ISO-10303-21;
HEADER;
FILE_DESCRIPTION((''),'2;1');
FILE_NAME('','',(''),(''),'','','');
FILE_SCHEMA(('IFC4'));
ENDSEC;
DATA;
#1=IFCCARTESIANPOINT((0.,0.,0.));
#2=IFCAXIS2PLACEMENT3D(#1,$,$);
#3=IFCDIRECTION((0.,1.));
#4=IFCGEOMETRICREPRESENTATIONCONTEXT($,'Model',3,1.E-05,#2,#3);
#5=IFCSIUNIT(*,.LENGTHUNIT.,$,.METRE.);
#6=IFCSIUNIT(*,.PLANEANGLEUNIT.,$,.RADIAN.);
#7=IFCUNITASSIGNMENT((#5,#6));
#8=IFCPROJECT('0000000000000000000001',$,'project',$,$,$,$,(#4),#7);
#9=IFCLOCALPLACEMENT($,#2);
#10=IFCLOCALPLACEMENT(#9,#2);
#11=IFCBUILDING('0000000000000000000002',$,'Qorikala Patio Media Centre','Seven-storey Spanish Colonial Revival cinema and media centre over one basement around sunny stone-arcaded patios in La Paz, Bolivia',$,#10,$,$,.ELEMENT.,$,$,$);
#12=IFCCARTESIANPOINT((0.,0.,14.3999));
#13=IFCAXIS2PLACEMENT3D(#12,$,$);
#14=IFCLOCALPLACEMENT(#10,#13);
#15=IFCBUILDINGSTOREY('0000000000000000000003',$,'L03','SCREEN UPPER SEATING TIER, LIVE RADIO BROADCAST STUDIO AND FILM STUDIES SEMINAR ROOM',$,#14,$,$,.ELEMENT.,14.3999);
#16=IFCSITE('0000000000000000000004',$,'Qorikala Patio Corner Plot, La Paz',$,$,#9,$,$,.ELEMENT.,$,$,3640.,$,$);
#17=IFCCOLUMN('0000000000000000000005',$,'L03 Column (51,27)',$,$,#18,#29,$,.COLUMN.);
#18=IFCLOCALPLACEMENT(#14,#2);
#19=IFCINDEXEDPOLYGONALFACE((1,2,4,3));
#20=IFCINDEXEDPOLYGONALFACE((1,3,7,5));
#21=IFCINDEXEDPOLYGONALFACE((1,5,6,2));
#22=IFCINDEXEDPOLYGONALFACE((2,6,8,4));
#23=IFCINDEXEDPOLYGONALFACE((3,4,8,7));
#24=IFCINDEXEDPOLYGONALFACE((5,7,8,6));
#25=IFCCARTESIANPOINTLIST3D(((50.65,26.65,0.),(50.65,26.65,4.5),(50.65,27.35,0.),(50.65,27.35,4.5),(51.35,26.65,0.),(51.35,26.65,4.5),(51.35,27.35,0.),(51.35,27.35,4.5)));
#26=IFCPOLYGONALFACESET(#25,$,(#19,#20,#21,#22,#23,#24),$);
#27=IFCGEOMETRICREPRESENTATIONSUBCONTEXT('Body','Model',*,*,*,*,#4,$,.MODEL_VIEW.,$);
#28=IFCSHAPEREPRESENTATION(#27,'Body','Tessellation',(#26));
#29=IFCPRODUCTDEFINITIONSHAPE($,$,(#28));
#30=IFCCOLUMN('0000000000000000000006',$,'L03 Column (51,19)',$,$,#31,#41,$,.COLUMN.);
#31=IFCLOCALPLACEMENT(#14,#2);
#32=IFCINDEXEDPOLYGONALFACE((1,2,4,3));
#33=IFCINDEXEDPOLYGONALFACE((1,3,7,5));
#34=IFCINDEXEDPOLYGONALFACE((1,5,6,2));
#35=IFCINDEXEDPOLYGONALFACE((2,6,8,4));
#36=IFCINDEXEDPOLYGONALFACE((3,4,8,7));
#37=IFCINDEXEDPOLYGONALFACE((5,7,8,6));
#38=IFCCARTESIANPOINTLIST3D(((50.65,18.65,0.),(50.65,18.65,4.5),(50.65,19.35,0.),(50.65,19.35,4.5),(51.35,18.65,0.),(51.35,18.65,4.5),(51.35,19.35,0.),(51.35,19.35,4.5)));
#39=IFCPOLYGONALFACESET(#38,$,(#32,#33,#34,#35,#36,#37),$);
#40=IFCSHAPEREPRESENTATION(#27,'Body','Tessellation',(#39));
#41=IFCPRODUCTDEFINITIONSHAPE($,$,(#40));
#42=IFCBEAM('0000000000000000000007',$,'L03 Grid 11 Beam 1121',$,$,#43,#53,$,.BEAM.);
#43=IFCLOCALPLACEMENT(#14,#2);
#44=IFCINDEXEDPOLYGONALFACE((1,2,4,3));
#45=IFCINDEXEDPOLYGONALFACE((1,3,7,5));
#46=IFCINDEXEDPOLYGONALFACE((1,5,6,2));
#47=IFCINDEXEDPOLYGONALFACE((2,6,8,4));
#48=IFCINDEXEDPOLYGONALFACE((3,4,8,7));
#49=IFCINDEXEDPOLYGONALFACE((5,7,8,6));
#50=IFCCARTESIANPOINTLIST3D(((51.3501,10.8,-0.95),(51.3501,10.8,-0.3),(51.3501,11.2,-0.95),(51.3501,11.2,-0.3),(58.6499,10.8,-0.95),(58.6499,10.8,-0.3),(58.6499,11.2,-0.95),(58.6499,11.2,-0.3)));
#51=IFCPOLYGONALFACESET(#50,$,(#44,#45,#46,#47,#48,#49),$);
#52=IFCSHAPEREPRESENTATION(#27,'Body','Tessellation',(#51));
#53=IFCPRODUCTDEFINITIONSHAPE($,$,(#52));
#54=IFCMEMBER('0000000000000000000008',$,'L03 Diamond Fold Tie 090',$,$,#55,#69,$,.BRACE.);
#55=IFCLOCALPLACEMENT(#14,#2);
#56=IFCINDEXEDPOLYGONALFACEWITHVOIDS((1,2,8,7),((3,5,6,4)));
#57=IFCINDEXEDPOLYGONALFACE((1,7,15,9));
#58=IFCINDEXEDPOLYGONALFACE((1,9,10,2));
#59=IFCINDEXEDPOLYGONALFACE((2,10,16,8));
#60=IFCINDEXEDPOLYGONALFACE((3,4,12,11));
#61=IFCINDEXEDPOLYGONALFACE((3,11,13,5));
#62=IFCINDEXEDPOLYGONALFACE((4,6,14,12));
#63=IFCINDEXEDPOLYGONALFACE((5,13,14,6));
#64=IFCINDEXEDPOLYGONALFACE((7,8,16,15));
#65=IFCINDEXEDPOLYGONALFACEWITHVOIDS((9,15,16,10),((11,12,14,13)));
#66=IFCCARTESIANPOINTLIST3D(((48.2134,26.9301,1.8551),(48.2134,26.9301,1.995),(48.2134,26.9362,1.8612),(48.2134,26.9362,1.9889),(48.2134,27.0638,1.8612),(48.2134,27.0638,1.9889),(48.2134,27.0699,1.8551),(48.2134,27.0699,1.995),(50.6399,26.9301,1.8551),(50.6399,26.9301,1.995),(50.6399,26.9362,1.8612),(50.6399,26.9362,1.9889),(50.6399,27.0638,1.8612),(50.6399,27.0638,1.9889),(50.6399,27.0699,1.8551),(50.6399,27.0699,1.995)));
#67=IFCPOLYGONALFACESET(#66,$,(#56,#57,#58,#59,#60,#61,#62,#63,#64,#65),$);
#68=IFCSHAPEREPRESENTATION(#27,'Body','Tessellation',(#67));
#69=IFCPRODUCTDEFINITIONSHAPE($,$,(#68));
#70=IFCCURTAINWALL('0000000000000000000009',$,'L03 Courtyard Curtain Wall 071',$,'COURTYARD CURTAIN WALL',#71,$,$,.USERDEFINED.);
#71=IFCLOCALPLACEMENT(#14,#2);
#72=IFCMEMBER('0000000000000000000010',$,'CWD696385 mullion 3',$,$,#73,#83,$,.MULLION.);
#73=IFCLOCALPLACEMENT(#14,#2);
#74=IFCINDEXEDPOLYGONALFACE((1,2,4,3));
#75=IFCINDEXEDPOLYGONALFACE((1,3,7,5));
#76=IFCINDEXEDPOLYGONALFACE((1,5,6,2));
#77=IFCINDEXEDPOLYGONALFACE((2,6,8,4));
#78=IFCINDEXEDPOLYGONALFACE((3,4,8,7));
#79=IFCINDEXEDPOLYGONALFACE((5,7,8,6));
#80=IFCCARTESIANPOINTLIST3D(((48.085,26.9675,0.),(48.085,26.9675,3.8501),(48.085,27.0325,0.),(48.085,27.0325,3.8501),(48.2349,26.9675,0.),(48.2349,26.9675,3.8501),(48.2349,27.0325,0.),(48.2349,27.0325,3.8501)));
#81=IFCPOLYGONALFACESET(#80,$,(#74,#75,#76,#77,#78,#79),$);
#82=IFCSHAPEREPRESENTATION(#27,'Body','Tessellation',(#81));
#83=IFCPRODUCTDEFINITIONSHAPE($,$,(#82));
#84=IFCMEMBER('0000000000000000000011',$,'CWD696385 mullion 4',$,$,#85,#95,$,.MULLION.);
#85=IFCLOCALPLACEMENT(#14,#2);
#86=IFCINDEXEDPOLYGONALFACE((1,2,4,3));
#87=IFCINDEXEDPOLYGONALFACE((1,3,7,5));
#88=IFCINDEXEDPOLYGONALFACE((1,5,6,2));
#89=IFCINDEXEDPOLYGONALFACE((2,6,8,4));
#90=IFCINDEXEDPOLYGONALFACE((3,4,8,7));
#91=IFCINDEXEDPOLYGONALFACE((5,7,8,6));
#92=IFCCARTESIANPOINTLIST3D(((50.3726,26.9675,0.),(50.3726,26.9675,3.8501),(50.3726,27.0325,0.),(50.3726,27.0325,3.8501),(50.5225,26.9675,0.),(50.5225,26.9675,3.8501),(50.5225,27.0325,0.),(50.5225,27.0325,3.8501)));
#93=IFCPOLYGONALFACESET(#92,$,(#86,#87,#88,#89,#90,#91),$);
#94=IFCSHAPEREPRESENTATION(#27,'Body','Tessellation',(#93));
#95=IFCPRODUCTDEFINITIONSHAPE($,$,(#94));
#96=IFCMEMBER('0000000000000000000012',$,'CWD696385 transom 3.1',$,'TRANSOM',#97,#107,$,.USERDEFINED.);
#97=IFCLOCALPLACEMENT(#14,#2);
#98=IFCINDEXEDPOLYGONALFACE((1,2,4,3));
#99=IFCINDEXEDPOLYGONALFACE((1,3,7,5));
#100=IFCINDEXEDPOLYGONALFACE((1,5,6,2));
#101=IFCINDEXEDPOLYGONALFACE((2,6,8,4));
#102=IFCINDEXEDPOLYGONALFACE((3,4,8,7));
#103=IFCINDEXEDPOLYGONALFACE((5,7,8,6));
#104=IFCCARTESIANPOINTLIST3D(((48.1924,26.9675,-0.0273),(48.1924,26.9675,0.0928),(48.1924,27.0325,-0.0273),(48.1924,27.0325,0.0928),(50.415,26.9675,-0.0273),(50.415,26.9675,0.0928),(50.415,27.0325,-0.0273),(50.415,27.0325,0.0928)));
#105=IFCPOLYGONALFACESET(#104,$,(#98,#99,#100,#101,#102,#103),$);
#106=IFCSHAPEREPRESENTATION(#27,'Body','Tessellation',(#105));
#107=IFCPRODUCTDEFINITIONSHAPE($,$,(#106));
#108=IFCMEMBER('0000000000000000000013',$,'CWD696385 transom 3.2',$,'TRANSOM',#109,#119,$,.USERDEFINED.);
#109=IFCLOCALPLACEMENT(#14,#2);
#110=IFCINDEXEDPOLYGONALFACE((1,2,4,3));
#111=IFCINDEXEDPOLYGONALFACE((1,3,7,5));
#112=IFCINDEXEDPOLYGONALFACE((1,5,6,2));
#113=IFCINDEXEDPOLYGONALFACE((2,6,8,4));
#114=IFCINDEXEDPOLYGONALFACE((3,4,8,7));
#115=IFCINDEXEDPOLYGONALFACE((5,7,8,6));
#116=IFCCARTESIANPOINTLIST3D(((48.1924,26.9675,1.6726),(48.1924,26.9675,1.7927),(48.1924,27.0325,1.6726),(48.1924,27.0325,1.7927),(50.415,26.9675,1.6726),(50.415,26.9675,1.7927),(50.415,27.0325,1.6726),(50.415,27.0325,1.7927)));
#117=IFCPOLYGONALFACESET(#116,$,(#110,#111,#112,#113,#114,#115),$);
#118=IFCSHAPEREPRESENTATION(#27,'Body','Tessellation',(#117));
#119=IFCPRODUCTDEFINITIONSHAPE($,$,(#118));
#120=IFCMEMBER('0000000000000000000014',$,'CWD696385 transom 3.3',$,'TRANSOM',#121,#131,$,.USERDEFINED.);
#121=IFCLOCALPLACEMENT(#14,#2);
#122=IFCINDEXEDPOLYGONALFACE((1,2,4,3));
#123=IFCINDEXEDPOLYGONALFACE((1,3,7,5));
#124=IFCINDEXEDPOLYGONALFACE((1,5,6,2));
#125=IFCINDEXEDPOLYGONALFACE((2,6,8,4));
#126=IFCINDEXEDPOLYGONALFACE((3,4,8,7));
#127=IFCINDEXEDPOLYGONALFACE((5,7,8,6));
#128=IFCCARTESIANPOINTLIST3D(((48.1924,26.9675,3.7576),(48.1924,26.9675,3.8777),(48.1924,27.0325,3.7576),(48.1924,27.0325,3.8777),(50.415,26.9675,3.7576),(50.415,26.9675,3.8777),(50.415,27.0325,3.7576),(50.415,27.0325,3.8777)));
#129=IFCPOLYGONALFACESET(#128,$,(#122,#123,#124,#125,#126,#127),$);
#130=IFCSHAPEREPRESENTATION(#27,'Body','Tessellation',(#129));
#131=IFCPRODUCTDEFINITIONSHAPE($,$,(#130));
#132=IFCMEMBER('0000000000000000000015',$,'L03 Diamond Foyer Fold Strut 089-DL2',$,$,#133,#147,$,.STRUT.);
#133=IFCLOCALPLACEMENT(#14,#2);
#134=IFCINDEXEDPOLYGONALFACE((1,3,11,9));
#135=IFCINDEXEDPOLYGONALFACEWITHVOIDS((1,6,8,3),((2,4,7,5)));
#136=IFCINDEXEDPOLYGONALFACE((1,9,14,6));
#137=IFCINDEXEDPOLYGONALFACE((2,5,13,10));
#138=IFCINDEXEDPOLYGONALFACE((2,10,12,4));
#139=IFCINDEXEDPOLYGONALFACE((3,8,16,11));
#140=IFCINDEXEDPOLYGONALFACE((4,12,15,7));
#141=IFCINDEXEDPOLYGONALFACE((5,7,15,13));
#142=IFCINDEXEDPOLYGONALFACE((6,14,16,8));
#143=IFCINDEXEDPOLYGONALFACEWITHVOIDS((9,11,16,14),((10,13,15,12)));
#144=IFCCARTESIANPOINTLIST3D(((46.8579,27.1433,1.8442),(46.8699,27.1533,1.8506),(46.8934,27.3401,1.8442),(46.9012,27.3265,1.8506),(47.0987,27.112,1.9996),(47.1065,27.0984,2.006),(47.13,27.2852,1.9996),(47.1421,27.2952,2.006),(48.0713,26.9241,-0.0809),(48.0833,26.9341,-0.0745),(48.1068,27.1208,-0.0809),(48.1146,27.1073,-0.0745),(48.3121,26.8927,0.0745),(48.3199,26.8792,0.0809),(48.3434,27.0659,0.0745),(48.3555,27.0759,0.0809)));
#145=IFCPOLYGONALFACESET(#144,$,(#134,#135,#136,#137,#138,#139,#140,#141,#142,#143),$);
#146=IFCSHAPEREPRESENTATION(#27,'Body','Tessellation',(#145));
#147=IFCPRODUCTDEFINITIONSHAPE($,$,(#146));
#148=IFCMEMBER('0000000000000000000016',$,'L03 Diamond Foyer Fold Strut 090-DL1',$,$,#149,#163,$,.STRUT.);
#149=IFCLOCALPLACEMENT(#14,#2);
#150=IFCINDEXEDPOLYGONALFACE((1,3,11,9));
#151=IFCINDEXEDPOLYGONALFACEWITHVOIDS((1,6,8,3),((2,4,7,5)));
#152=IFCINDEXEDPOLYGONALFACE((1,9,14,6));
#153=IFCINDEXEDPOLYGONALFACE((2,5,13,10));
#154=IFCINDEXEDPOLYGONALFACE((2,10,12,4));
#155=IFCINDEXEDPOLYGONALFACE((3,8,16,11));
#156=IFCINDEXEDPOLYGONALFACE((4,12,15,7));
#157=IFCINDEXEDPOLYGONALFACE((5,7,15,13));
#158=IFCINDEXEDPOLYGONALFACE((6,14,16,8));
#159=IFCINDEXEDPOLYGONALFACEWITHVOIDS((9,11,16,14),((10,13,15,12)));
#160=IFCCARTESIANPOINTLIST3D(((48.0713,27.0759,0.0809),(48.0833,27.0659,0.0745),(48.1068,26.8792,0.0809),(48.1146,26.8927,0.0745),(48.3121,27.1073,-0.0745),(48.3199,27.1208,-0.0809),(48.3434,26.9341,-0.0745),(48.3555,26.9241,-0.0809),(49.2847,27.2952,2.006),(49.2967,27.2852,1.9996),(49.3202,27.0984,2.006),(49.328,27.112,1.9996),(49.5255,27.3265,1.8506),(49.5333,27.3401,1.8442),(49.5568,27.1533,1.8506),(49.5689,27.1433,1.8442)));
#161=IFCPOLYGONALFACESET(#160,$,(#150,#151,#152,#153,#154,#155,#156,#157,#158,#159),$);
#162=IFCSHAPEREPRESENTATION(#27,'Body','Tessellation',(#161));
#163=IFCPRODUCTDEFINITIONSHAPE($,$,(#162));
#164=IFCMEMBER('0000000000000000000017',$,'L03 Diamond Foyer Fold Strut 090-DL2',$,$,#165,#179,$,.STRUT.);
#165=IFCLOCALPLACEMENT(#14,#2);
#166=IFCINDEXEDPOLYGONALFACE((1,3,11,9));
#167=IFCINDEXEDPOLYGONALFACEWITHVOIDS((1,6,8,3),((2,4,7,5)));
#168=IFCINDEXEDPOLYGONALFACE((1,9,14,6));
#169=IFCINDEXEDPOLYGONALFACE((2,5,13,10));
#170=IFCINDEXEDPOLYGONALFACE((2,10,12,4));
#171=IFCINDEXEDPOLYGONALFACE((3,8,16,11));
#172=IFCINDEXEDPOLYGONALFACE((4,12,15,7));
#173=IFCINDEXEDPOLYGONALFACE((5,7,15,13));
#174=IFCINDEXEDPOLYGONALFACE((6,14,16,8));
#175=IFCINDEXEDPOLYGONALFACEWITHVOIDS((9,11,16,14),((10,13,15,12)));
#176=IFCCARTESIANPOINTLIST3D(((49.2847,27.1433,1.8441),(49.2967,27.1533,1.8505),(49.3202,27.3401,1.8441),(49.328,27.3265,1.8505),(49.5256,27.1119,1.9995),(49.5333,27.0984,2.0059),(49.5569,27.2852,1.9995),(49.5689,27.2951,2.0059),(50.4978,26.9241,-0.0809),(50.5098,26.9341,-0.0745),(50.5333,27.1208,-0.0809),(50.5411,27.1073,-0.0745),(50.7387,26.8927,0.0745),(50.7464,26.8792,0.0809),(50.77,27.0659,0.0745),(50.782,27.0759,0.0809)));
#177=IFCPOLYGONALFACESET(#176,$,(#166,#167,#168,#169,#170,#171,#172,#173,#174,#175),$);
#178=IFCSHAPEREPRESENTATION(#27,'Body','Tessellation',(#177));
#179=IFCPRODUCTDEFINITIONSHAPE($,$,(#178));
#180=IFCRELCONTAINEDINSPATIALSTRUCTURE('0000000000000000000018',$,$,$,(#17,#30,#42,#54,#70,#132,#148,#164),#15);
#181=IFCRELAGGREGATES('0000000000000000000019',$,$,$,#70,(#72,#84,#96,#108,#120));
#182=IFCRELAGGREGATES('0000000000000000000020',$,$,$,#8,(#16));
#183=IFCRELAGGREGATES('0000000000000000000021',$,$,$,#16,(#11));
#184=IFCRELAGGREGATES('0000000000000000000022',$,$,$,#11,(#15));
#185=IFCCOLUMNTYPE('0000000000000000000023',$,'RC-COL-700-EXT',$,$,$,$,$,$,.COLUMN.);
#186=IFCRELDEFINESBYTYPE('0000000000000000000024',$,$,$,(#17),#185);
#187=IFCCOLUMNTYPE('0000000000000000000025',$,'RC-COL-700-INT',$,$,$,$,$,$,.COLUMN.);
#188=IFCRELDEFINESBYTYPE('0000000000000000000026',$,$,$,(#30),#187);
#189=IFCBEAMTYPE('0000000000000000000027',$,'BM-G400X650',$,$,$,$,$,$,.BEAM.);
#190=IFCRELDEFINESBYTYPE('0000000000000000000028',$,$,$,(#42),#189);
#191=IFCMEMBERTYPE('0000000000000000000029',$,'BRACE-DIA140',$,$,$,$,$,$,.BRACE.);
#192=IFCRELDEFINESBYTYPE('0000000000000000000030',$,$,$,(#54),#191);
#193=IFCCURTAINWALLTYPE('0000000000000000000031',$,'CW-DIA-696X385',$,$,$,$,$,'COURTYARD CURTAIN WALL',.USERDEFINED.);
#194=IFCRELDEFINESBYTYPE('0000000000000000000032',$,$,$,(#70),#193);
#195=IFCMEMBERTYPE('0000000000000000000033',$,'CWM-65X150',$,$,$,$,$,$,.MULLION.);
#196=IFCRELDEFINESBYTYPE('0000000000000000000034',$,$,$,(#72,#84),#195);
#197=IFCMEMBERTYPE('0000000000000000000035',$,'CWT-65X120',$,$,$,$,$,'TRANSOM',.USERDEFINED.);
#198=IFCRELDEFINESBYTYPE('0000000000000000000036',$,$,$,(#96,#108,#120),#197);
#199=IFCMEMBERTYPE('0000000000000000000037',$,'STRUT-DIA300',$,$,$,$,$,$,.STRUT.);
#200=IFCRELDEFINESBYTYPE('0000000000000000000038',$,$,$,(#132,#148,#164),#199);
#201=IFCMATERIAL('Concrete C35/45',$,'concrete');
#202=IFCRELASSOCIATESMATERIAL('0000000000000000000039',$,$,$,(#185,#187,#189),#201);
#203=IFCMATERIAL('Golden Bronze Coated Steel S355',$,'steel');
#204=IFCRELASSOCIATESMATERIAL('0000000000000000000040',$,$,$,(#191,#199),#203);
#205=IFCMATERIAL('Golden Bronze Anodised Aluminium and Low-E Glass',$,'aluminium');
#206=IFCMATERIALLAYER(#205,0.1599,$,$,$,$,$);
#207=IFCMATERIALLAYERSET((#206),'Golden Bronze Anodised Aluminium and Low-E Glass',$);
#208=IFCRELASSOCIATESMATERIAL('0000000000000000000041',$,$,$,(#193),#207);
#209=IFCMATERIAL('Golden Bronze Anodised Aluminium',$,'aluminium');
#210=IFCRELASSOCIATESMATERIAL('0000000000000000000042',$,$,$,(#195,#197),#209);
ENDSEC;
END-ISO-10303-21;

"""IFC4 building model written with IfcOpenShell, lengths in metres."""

from ifc_helpers import new_model, si_unit, direction, frame, origin, origin_2d, place, context, subcontext, project, spatial, rectangle, hollow_rectangle, extrude, material, layer, layer_set, material_profile, profile_set, type_object, element, aggregate, save


model = new_model("IFC4")

# Units and contexts
model_context = context("Model", 3, precision=1e-05, world=origin(), true_north=direction((0.0, 1.0)))
body_context = subcontext(model_context, "Body", "Model", "MODEL_VIEW")
ifc_project = project(units=[si_unit("LENGTHUNIT", "METRE"), si_unit("PLANEANGLEUNIT", "RADIAN")], contexts=[model_context])

# Site, building, storey
site_placement = place(None, origin())
site = spatial("IfcSite", under=ifc_project, at=site_placement, Name="Qorikala Patio Corner Plot, La Paz", CompositionType="ELEMENT", RefElevation=3640.0)
building_placement = place(site_placement, origin())
building = spatial("IfcBuilding", under=site, at=building_placement, Name="Qorikala Patio Media Centre", Description="Seven-storey Spanish Colonial Revival cinema and media centre over one basement around sunny stone-arcaded patios in La Paz, Bolivia", CompositionType="ELEMENT")
storey_placement = place(building_placement, frame((0.0, 0.0, 14.3999)))
storey = spatial("IfcBuildingStorey", under=building, at=storey_placement, Name="L03", Description="SCREEN UPPER SEATING TIER, LIVE RADIO BROADCAST STUDIO AND FILM STUDIES SEMINAR ROOM", CompositionType="ELEMENT", Elevation=14.3999)

# Columns
ifc_material_1 = material(Name="Concrete C35/45", Category="concrete")
ifc_material_profile_1 = material_profile(ifc_material_1, rectangle(XDim=0.7, YDim=0.7, at=origin_2d()), Name="RC 700x700")
ifc_profile_set_1 = profile_set([ifc_material_profile_1], Name="Concrete C35/45")
column_type_1 = type_object("IfcColumnType", Name="RC-COL-700-EXT", PredefinedType="COLUMN", material=ifc_profile_set_1)
column_1_placement = place(storey_placement, frame((51.0, 27.0, 0.0), z_axis=(0.0, 0.0, 1.0), x_axis=(1.0, 0.0, 0.0)))
element("IfcColumn", 1, at=column_1_placement, inside=storey, type_object=column_type_1, Name="L03 Column (51,27)", PredefinedType="COLUMN", context=body_context, shape_type="SweptSolid", body=[
    extrude(rectangle(XDim=0.7, YDim=0.7, at=origin_2d()), origin(), (0.0, 0.0, 1.0), 4.5),
])
ifc_material_profile_2 = material_profile(ifc_material_1, rectangle(XDim=0.7, YDim=0.7, at=origin_2d()), Name="RC 700x700")
ifc_profile_set_2 = profile_set([ifc_material_profile_2], Name="Concrete C35/45")
column_type_2 = type_object("IfcColumnType", Name="RC-COL-700-INT", PredefinedType="COLUMN", material=ifc_profile_set_2)
column_2_placement = place(storey_placement, frame((51.0, 19.0, 0.0), z_axis=(0.0, 0.0, 1.0), x_axis=(1.0, 0.0, 0.0)))
element("IfcColumn", 2, at=column_2_placement, inside=storey, type_object=column_type_2, Name="L03 Column (51,19)", PredefinedType="COLUMN", context=body_context, shape_type="SweptSolid", body=[
    extrude(rectangle(XDim=0.7, YDim=0.7, at=origin_2d()), origin(), (0.0, 0.0, 1.0), 4.5),
])

# Beam
ifc_material_profile_3 = material_profile(ifc_material_1, rectangle(XDim=0.3999, YDim=0.6499, at=origin_2d()), Name="RC 400x650")
ifc_profile_set_3 = profile_set([ifc_material_profile_3], Name="Concrete C35/45")
beam_type = type_object("IfcBeamType", Name="BM-G400X650", PredefinedType="BEAM", material=ifc_profile_set_3)
beam_placement = place(storey_placement, frame((51.3501, 11.0, -0.625), z_axis=(1.0, 0.0, 0.0), x_axis=(0.0, 1.0, 0.0)))
element("IfcBeam", 3, at=beam_placement, inside=storey, type_object=beam_type, Name="L03 Grid 11 Beam 1121", PredefinedType="BEAM", context=body_context, shape_type="SweptSolid", body=[
    extrude(rectangle(XDim=0.3999, YDim=0.6499, at=origin_2d()), origin(), (0.0, 0.0, 1.0), 7.2998),
])

# Member
ifc_material_2 = material(Name="Golden Bronze Coated Steel S355", Category="steel")
ifc_material_profile_4 = material_profile(ifc_material_2, hollow_rectangle(XDim=0.1399, YDim=0.1399, WallThickness=0.0061, at=origin_2d()), Name="HSS140X140X6")
ifc_profile_set_4 = profile_set([ifc_material_profile_4], Name="Golden Bronze Coated Steel S355")
member_type_1 = type_object("IfcMemberType", Name="BRACE-DIA140", PredefinedType="BRACE", material=ifc_profile_set_4)
member_1_placement = place(storey_placement, frame((48.2134, 27.0, 1.925), z_axis=(1.0, 0.0, 0.0), x_axis=(0.0, 1.0, 0.0)))
element("IfcMember", 4, at=member_1_placement, inside=storey, type_object=member_type_1, Name="L03 Diamond Fold Tie 090", PredefinedType="BRACE", context=body_context, shape_type="SweptSolid", body=[
    extrude(hollow_rectangle(XDim=0.1399, YDim=0.1399, WallThickness=0.0061, at=origin_2d()), origin(), (0.0, 0.0, 1.0), 2.4265),
])

# Curtain wall, members
ifc_material_3 = material(Name="Golden Bronze Anodised Aluminium and Low-E Glass", Category="aluminium")
ifc_layer_1 = layer(ifc_material_3, 0.1599)
ifc_layer_set_1 = layer_set([ifc_layer_1], Name="Golden Bronze Anodised Aluminium and Low-E Glass")
curtain_wall_type = type_object("IfcCurtainWallType", Name="CW-DIA-696X385", ElementType="COURTYARD CURTAIN WALL", PredefinedType="USERDEFINED", material=ifc_layer_set_1)
curtain_wall_placement = place(storey_placement, origin())
curtain_wall = element("IfcCurtainWall", 5, at=curtain_wall_placement, inside=storey, type_object=curtain_wall_type, Name="L03 Courtyard Curtain Wall 071", ObjectType="COURTYARD CURTAIN WALL", PredefinedType="USERDEFINED")
ifc_material_4 = material(Name="Golden Bronze Anodised Aluminium", Category="aluminium")
ifc_material_profile_5 = material_profile(ifc_material_4, rectangle(XDim=0.0649, YDim=0.1499, at=origin_2d()), Name="ALU MULLION 65x150")
ifc_profile_set_5 = profile_set([ifc_material_profile_5], Name="Golden Bronze Anodised Aluminium")
member_type_2 = type_object("IfcMemberType", Name="CWM-65X150", PredefinedType="MULLION", material=ifc_profile_set_5)
member_2_placement = place(storey_placement, frame((48.1599, 27.0, 0.0), z_axis=(0.0, 0.0, 1.0), x_axis=(0.0, 1.0, 0.0)))
member_2 = element("IfcMember", 6, at=member_2_placement, type_object=member_type_2, Name="CWD696385 mullion 3", PredefinedType="MULLION", context=body_context, shape_type="SweptSolid", body=[
    extrude(rectangle(XDim=0.0649, YDim=0.1499, at=origin_2d()), origin(), (0.0, 0.0, 1.0), 3.8501),
])
member_3_placement = place(storey_placement, frame((50.4475, 27.0, 0.0), z_axis=(0.0, 0.0, 1.0), x_axis=(0.0, 1.0, 0.0)))
member_3 = element("IfcMember", 7, at=member_3_placement, type_object=member_type_2, Name="CWD696385 mullion 4", PredefinedType="MULLION", context=body_context, shape_type="SweptSolid", body=[
    extrude(rectangle(XDim=0.0649, YDim=0.1499, at=origin_2d()), origin(), (0.0, 0.0, 1.0), 3.8501),
])
ifc_material_profile_6 = material_profile(ifc_material_4, rectangle(XDim=0.0649, YDim=0.1201, at=origin_2d()), Name="ALU TRANSOM 65x120")
ifc_profile_set_6 = profile_set([ifc_material_profile_6], Name="Golden Bronze Anodised Aluminium")
member_type_3 = type_object("IfcMemberType", Name="CWT-65X120", ElementType="TRANSOM", PredefinedType="USERDEFINED", material=ifc_profile_set_6)
member_4_placement = place(storey_placement, frame((48.1924, 27.0, 0.0327), z_axis=(1.0, 0.0, 0.0), x_axis=(0.0, 1.0, 0.0)))
member_4 = element("IfcMember", 8, at=member_4_placement, type_object=member_type_3, Name="CWD696385 transom 3.1", ObjectType="TRANSOM", PredefinedType="USERDEFINED", context=body_context, shape_type="SweptSolid", body=[
    extrude(rectangle(XDim=0.0649, YDim=0.1201, at=origin_2d()), origin(), (0.0, 0.0, 1.0), 2.2227),
])
member_5_placement = place(storey_placement, frame((48.1924, 27.0, 1.7327), z_axis=(1.0, 0.0, 0.0), x_axis=(0.0, 1.0, 0.0)))
member_5 = element("IfcMember", 9, at=member_5_placement, type_object=member_type_3, Name="CWD696385 transom 3.2", ObjectType="TRANSOM", PredefinedType="USERDEFINED", context=body_context, shape_type="SweptSolid", body=[
    extrude(rectangle(XDim=0.0649, YDim=0.1201, at=origin_2d()), origin(), (0.0, 0.0, 1.0), 2.2227),
])
member_6_placement = place(storey_placement, frame((48.1924, 27.0, 3.8176), z_axis=(1.0, 0.0, 0.0), x_axis=(0.0, 1.0, 0.0)))
member_6 = element("IfcMember", 10, at=member_6_placement, type_object=member_type_3, Name="CWD696385 transom 3.3", ObjectType="TRANSOM", PredefinedType="USERDEFINED", context=body_context, shape_type="SweptSolid", body=[
    extrude(rectangle(XDim=0.0649, YDim=0.1201, at=origin_2d()), origin(), (0.0, 0.0, 1.0), 2.2227),
])

# Members
ifc_material_profile_7 = material_profile(ifc_material_2, hollow_rectangle(XDim=0.2, YDim=0.3, WallThickness=0.012, at=origin_2d()), Name="HSS300X200X12")
ifc_profile_set_7 = profile_set([ifc_material_profile_7], Name="Golden Bronze Coated Steel S355")
member_type_4 = type_object("IfcMemberType", Name="STRUT-DIA300", PredefinedType="STRUT", material=ifc_profile_set_7)
for number, where, z_axis, x_axis, name in (
    (11, (48.2134, 27.0, 0.0), (-0.530768, 0.095901, 0.842074), (-0.177805, -0.984066, 0.0), "L03 Diamond Foyer Fold Strut 089-DL2"),
    (12, (48.2134, 27.0, 0.0), (0.530768, 0.095901, 0.842074), (-0.177805, 0.984066, 0.0), "L03 Diamond Foyer Fold Strut 090-DL1"),
):
    element("IfcMember", number, at=place(storey_placement, frame(where, z_axis=z_axis, x_axis=x_axis)), inside=storey, type_object=member_type_4, Name=name, PredefinedType="STRUT", context=body_context, shape_type="SweptSolid", body=[
        extrude(hollow_rectangle(XDim=0.2, YDim=0.3, WallThickness=0.012, at=origin_2d()), origin(), (0.0, 0.0, 1.0), 2.2861),
    ])
member_7_placement = place(storey_placement, frame((50.6399, 27.0, 0.0), z_axis=(-0.530691, 0.095907, 0.842121), x_axis=(-0.17784, -0.984059, 0.0)))
element("IfcMember", 13, at=member_7_placement, inside=storey, type_object=member_type_4, Name="L03 Diamond Foyer Fold Strut 090-DL2", PredefinedType="STRUT", context=body_context, shape_type="SweptSolid", body=[
    extrude(hollow_rectangle(XDim=0.2, YDim=0.3, WallThickness=0.012, at=origin_2d()), origin(), (0.0, 0.0, 1.0), 2.2859),
])

aggregate(curtain_wall, [member_2, member_3, member_4, member_5, member_6])

save(model, "model.ifc")
